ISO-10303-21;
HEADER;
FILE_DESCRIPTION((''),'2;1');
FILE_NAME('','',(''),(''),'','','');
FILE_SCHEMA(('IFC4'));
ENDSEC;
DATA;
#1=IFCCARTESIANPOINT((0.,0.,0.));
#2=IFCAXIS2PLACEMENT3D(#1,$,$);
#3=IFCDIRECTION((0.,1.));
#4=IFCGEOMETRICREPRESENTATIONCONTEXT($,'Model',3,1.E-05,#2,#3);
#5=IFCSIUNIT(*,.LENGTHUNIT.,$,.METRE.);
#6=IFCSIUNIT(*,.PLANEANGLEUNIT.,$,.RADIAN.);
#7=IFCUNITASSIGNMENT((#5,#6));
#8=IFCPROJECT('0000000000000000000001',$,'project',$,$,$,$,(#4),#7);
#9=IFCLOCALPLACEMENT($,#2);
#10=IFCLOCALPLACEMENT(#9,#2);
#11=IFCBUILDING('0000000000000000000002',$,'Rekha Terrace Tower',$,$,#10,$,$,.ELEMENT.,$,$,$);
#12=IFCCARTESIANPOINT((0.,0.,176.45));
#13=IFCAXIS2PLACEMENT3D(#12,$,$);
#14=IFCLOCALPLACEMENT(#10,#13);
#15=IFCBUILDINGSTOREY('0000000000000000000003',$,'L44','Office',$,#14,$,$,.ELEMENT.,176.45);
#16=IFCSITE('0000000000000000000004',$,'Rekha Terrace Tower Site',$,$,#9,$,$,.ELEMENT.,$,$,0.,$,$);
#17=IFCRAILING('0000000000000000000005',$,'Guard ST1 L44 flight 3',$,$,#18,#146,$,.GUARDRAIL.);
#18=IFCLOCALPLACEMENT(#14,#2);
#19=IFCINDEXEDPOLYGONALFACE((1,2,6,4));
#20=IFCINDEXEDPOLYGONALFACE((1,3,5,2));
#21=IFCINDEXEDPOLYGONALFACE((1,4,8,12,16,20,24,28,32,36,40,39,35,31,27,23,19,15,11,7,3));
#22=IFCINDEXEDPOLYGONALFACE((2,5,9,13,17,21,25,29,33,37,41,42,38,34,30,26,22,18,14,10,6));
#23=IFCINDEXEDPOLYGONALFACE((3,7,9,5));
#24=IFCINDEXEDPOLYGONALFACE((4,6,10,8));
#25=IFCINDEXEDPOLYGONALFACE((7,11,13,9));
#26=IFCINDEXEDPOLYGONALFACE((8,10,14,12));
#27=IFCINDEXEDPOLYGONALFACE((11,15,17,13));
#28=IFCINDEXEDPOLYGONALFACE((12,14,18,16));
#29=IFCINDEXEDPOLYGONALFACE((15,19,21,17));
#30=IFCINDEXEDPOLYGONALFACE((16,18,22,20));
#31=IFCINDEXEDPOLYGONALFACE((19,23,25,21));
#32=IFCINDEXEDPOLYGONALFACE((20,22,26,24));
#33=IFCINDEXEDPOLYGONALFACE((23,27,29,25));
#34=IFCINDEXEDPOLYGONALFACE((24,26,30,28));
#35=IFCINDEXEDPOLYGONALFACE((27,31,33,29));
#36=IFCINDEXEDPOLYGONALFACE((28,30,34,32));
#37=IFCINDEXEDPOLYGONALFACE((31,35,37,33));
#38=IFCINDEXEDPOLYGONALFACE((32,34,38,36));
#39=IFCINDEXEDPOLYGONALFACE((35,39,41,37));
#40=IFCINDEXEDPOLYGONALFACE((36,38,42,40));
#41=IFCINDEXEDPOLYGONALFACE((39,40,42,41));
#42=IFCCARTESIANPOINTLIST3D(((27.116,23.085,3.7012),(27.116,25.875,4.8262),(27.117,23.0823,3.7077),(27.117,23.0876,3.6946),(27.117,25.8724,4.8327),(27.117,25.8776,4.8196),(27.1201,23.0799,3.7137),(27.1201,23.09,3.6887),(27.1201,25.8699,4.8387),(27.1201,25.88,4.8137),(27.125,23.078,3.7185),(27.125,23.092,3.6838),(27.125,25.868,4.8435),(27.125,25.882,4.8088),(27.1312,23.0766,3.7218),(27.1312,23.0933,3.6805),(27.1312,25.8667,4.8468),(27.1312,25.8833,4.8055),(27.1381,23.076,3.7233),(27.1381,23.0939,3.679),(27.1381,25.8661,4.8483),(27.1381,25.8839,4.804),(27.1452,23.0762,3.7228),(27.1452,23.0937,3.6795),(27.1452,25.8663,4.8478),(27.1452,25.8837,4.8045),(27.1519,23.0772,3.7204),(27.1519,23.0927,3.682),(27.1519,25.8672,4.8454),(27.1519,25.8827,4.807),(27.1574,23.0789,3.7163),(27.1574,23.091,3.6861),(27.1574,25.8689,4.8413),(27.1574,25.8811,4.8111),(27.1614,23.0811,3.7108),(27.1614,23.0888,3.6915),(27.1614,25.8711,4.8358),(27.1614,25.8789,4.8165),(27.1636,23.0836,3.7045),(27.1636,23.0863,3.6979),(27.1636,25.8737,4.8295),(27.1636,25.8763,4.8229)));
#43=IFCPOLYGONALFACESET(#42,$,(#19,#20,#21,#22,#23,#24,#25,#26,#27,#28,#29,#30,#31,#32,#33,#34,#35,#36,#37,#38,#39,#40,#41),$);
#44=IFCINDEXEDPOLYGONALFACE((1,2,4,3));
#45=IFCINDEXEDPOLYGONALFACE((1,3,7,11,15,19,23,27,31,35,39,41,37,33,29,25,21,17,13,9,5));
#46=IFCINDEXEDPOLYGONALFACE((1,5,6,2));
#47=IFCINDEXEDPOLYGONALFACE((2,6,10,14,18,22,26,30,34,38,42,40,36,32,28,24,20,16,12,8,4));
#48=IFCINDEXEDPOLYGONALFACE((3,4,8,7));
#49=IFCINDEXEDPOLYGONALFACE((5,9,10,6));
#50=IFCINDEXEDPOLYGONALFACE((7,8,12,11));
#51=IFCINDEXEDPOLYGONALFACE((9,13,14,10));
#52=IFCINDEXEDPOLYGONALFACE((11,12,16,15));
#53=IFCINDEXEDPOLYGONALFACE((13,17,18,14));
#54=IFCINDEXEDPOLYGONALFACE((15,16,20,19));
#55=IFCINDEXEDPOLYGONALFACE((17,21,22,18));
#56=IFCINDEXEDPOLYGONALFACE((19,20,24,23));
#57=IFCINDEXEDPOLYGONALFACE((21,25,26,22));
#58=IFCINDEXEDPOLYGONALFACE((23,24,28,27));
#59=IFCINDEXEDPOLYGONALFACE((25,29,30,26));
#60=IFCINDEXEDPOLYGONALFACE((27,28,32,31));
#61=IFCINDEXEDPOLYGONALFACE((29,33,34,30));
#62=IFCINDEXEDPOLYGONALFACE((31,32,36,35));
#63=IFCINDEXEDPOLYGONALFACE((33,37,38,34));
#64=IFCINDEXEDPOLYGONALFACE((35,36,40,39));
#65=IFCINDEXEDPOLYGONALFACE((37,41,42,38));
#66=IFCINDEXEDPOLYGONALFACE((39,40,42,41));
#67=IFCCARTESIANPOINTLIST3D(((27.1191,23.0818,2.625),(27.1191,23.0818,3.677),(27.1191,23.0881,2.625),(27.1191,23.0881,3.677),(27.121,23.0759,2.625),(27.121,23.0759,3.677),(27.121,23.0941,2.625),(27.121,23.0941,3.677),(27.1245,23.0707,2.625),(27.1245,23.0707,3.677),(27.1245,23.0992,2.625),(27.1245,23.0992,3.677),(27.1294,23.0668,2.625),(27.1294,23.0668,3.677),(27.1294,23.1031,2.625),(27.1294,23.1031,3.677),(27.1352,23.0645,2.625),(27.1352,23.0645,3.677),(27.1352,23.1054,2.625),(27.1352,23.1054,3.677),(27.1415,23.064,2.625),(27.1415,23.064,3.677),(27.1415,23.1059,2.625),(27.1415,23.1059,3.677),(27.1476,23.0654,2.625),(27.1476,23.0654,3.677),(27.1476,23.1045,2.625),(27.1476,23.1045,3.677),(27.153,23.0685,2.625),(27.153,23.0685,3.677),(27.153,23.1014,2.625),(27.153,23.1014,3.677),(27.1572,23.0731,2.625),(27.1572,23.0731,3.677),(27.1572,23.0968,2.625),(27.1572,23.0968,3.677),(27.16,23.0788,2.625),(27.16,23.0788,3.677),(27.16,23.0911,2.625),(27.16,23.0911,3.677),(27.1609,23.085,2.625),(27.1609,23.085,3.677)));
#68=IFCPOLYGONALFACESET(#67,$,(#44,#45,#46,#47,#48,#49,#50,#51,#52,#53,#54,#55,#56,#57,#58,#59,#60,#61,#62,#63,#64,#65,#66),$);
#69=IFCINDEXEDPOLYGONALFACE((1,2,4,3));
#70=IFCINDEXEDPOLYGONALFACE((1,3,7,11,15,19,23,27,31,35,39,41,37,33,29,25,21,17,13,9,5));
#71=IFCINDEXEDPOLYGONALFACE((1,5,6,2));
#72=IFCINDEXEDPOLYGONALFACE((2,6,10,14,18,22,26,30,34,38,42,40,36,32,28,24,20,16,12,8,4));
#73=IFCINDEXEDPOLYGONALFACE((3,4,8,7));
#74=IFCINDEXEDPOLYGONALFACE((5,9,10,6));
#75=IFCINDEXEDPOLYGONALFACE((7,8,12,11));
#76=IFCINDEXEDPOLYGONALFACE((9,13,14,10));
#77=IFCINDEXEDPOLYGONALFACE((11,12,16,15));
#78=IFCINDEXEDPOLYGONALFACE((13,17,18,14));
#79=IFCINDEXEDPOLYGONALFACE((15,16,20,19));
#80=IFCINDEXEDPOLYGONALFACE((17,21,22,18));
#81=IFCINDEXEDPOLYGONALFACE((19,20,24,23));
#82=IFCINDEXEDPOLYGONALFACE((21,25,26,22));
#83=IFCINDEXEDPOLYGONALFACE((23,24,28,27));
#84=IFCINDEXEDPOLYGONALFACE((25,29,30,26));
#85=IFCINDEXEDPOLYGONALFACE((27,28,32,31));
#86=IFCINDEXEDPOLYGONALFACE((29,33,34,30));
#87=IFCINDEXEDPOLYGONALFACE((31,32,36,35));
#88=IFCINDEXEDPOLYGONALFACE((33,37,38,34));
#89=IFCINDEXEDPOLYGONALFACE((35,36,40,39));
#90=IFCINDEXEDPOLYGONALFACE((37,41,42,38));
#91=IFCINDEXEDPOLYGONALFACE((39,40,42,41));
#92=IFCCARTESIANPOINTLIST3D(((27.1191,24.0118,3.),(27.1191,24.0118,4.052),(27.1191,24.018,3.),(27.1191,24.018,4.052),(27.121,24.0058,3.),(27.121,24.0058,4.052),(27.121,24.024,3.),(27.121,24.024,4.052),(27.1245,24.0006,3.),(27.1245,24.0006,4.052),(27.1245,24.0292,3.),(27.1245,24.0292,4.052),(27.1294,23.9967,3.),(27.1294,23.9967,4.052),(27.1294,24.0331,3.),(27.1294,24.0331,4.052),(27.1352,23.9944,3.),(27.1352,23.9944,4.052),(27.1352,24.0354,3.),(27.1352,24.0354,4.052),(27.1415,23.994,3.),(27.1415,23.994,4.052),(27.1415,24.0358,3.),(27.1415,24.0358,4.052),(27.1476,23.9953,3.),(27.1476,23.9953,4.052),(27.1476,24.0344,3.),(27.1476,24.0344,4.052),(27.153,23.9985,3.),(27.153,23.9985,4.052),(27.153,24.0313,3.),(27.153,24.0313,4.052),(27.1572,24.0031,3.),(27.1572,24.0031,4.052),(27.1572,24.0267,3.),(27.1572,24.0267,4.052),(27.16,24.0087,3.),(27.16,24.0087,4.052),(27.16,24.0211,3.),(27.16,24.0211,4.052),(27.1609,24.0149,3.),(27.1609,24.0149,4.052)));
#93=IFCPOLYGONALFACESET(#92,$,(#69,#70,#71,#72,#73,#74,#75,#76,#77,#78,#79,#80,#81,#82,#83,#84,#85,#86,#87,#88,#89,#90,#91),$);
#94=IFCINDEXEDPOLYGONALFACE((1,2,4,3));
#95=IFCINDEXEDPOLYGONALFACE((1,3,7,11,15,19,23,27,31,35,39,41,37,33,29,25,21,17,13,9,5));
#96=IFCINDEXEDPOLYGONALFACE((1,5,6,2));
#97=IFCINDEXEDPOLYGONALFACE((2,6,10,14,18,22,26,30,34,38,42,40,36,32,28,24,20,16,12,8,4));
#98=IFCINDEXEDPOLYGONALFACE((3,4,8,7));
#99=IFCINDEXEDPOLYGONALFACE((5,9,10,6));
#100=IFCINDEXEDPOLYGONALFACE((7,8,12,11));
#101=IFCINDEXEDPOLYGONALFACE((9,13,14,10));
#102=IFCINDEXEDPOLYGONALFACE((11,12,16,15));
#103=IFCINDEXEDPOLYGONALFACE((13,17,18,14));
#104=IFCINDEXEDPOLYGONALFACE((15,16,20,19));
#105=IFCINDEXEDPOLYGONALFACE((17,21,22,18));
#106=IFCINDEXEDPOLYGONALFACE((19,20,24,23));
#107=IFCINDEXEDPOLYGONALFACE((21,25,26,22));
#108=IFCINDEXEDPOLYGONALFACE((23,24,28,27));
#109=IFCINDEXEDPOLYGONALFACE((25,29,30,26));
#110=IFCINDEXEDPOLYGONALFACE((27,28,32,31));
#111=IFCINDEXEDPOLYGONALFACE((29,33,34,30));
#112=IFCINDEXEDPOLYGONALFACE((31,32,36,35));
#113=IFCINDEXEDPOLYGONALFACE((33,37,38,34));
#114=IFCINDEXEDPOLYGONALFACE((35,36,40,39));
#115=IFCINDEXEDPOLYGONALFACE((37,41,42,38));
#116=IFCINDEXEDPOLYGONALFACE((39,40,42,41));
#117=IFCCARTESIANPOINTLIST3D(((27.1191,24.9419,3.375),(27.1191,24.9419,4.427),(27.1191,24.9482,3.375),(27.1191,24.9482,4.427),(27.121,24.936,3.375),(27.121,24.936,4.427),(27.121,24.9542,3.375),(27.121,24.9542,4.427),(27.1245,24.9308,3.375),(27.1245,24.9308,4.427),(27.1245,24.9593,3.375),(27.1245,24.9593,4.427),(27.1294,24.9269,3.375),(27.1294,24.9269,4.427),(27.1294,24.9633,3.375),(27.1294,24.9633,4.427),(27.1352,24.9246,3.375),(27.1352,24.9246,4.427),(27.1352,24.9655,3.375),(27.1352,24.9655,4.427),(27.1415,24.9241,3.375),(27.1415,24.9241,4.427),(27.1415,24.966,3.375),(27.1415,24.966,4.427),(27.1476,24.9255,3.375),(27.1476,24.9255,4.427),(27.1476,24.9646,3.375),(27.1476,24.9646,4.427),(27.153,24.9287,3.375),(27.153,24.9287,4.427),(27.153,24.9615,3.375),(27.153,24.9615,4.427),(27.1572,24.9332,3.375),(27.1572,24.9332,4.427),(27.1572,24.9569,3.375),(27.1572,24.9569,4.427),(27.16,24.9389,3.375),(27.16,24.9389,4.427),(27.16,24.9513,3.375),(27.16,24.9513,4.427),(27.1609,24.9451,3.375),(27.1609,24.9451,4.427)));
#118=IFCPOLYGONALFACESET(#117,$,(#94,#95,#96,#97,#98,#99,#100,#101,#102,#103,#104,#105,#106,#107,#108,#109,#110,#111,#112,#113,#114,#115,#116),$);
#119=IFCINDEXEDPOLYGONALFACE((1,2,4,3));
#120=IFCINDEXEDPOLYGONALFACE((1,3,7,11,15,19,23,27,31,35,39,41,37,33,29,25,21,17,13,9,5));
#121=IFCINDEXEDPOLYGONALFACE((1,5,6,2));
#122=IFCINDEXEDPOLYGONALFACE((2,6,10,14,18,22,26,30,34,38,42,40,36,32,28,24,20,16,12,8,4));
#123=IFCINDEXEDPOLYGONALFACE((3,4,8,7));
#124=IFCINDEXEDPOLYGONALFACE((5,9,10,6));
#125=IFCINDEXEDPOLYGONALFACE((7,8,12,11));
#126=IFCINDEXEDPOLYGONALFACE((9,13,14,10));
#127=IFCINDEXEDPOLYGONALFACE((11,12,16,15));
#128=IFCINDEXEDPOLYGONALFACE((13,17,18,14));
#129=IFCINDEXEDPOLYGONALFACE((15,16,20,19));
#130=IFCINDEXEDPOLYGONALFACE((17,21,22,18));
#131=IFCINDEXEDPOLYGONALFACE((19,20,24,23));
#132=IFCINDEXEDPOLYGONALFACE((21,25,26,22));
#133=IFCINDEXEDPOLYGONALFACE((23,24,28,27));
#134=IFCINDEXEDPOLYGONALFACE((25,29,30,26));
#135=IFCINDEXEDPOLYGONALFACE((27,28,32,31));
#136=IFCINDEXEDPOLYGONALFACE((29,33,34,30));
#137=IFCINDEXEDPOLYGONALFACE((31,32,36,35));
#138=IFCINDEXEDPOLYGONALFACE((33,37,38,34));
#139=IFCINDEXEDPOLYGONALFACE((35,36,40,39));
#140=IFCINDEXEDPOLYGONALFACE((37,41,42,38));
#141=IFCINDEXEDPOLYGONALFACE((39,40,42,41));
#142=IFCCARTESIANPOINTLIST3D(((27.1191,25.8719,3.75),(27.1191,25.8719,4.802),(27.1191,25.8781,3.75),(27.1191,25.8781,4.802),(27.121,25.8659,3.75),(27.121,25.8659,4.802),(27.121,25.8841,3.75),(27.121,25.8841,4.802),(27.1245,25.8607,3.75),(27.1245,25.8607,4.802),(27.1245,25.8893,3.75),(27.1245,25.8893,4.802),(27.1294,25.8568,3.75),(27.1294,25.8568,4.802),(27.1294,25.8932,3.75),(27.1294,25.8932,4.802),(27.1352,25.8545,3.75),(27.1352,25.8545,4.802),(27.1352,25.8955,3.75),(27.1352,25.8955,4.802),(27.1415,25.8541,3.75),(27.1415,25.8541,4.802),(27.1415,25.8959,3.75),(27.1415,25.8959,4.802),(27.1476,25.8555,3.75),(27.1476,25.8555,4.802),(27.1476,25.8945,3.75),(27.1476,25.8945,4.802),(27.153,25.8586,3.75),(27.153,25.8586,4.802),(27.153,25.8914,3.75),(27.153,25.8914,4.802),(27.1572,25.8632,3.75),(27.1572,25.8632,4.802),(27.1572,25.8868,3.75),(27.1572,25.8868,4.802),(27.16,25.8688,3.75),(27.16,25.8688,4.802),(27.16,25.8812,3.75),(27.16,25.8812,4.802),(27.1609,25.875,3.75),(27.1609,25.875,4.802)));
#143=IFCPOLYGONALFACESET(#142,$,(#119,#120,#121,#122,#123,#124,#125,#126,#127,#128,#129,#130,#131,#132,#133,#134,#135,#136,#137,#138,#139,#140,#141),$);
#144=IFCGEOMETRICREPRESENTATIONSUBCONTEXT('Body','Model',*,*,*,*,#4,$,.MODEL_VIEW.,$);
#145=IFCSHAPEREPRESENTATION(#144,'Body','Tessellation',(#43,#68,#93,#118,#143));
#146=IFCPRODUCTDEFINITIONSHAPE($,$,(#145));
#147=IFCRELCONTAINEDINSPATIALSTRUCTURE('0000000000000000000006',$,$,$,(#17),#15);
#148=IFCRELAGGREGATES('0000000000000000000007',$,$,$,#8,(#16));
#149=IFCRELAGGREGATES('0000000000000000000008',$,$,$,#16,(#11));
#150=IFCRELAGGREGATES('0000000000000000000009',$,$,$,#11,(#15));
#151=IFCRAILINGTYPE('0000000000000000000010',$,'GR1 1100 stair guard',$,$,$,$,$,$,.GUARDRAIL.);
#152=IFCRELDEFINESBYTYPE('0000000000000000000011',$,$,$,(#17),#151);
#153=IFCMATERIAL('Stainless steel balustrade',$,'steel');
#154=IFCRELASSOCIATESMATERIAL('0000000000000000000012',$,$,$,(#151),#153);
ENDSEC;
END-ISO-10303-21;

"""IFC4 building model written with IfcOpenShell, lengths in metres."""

from ifc_helpers import new_model, si_unit, direction, frame, origin, origin_2d, place, context, subcontext, project, spatial, circle, extrude, material, type_object, element, save


model = new_model("IFC4")

# Units and contexts
model_context = context("Model", 3, precision=1e-05, world=origin(), true_north=direction((0.0, 1.0)))
body_context = subcontext(model_context, "Body", "Model", "MODEL_VIEW")
ifc_project = project(units=[si_unit("LENGTHUNIT", "METRE"), si_unit("PLANEANGLEUNIT", "RADIAN")], contexts=[model_context])

# Site, building, storey
site_placement = place(None, origin())
site = spatial("IfcSite", under=ifc_project, at=site_placement, Name="Rekha Terrace Tower Site", CompositionType="ELEMENT", RefElevation=0.0)
building_placement = place(site_placement, origin())
building = spatial("IfcBuilding", under=site, at=building_placement, Name="Rekha Terrace Tower", CompositionType="ELEMENT")
storey_placement = place(building_placement, frame((0.0, 0.0, 176.45)))
storey = spatial("IfcBuildingStorey", under=building, at=storey_placement, Name="L44", Description="Office", CompositionType="ELEMENT", Elevation=176.45)

# Railing
ifc_material_1 = material(Name="Stainless steel balustrade", Category="steel")
railing_type_1 = type_object("IfcRailingType", Name="GR1 1100 stair guard", PredefinedType="GUARDRAIL", material=ifc_material_1)
railing_1_placement = place(storey_placement, frame((27.1399, 23.085, 2.625)))
element("IfcRailing", 1, at=railing_1_placement, inside=storey, type_object=railing_type_1, Name="Guard ST1 L44 flight 3", PredefinedType="GUARDRAIL", context=body_context, shape_type="SweptSolid", body=[
    extrude(circle(Radius=0.0239, at=origin_2d()), frame((0.0, 0.0, 1.0762), z_axis=(0.0, 0.927443, 0.373964), x_axis=(-1.0, 0.0, 0.0)), (0.0, 0.0, 1.0), 3.0083),
    extrude(circle(Radius=0.021, at=origin_2d()), origin(), (0.0, 0.0, 1.0), 1.052),
    extrude(circle(Radius=0.021, at=origin_2d()), frame((0.0, 0.9299, 0.375)), (0.0, 0.0, 1.0), 1.052),
    extrude(circle(Radius=0.021, at=origin_2d()), frame((0.0, 1.8601, 0.75)), (0.0, 0.0, 1.0), 1.052),
    extrude(circle(Radius=0.021, at=origin_2d()), frame((0.0, 2.79, 1.125)), (0.0, 0.0, 1.0), 1.052),
])

save(model, "model.ifc")
